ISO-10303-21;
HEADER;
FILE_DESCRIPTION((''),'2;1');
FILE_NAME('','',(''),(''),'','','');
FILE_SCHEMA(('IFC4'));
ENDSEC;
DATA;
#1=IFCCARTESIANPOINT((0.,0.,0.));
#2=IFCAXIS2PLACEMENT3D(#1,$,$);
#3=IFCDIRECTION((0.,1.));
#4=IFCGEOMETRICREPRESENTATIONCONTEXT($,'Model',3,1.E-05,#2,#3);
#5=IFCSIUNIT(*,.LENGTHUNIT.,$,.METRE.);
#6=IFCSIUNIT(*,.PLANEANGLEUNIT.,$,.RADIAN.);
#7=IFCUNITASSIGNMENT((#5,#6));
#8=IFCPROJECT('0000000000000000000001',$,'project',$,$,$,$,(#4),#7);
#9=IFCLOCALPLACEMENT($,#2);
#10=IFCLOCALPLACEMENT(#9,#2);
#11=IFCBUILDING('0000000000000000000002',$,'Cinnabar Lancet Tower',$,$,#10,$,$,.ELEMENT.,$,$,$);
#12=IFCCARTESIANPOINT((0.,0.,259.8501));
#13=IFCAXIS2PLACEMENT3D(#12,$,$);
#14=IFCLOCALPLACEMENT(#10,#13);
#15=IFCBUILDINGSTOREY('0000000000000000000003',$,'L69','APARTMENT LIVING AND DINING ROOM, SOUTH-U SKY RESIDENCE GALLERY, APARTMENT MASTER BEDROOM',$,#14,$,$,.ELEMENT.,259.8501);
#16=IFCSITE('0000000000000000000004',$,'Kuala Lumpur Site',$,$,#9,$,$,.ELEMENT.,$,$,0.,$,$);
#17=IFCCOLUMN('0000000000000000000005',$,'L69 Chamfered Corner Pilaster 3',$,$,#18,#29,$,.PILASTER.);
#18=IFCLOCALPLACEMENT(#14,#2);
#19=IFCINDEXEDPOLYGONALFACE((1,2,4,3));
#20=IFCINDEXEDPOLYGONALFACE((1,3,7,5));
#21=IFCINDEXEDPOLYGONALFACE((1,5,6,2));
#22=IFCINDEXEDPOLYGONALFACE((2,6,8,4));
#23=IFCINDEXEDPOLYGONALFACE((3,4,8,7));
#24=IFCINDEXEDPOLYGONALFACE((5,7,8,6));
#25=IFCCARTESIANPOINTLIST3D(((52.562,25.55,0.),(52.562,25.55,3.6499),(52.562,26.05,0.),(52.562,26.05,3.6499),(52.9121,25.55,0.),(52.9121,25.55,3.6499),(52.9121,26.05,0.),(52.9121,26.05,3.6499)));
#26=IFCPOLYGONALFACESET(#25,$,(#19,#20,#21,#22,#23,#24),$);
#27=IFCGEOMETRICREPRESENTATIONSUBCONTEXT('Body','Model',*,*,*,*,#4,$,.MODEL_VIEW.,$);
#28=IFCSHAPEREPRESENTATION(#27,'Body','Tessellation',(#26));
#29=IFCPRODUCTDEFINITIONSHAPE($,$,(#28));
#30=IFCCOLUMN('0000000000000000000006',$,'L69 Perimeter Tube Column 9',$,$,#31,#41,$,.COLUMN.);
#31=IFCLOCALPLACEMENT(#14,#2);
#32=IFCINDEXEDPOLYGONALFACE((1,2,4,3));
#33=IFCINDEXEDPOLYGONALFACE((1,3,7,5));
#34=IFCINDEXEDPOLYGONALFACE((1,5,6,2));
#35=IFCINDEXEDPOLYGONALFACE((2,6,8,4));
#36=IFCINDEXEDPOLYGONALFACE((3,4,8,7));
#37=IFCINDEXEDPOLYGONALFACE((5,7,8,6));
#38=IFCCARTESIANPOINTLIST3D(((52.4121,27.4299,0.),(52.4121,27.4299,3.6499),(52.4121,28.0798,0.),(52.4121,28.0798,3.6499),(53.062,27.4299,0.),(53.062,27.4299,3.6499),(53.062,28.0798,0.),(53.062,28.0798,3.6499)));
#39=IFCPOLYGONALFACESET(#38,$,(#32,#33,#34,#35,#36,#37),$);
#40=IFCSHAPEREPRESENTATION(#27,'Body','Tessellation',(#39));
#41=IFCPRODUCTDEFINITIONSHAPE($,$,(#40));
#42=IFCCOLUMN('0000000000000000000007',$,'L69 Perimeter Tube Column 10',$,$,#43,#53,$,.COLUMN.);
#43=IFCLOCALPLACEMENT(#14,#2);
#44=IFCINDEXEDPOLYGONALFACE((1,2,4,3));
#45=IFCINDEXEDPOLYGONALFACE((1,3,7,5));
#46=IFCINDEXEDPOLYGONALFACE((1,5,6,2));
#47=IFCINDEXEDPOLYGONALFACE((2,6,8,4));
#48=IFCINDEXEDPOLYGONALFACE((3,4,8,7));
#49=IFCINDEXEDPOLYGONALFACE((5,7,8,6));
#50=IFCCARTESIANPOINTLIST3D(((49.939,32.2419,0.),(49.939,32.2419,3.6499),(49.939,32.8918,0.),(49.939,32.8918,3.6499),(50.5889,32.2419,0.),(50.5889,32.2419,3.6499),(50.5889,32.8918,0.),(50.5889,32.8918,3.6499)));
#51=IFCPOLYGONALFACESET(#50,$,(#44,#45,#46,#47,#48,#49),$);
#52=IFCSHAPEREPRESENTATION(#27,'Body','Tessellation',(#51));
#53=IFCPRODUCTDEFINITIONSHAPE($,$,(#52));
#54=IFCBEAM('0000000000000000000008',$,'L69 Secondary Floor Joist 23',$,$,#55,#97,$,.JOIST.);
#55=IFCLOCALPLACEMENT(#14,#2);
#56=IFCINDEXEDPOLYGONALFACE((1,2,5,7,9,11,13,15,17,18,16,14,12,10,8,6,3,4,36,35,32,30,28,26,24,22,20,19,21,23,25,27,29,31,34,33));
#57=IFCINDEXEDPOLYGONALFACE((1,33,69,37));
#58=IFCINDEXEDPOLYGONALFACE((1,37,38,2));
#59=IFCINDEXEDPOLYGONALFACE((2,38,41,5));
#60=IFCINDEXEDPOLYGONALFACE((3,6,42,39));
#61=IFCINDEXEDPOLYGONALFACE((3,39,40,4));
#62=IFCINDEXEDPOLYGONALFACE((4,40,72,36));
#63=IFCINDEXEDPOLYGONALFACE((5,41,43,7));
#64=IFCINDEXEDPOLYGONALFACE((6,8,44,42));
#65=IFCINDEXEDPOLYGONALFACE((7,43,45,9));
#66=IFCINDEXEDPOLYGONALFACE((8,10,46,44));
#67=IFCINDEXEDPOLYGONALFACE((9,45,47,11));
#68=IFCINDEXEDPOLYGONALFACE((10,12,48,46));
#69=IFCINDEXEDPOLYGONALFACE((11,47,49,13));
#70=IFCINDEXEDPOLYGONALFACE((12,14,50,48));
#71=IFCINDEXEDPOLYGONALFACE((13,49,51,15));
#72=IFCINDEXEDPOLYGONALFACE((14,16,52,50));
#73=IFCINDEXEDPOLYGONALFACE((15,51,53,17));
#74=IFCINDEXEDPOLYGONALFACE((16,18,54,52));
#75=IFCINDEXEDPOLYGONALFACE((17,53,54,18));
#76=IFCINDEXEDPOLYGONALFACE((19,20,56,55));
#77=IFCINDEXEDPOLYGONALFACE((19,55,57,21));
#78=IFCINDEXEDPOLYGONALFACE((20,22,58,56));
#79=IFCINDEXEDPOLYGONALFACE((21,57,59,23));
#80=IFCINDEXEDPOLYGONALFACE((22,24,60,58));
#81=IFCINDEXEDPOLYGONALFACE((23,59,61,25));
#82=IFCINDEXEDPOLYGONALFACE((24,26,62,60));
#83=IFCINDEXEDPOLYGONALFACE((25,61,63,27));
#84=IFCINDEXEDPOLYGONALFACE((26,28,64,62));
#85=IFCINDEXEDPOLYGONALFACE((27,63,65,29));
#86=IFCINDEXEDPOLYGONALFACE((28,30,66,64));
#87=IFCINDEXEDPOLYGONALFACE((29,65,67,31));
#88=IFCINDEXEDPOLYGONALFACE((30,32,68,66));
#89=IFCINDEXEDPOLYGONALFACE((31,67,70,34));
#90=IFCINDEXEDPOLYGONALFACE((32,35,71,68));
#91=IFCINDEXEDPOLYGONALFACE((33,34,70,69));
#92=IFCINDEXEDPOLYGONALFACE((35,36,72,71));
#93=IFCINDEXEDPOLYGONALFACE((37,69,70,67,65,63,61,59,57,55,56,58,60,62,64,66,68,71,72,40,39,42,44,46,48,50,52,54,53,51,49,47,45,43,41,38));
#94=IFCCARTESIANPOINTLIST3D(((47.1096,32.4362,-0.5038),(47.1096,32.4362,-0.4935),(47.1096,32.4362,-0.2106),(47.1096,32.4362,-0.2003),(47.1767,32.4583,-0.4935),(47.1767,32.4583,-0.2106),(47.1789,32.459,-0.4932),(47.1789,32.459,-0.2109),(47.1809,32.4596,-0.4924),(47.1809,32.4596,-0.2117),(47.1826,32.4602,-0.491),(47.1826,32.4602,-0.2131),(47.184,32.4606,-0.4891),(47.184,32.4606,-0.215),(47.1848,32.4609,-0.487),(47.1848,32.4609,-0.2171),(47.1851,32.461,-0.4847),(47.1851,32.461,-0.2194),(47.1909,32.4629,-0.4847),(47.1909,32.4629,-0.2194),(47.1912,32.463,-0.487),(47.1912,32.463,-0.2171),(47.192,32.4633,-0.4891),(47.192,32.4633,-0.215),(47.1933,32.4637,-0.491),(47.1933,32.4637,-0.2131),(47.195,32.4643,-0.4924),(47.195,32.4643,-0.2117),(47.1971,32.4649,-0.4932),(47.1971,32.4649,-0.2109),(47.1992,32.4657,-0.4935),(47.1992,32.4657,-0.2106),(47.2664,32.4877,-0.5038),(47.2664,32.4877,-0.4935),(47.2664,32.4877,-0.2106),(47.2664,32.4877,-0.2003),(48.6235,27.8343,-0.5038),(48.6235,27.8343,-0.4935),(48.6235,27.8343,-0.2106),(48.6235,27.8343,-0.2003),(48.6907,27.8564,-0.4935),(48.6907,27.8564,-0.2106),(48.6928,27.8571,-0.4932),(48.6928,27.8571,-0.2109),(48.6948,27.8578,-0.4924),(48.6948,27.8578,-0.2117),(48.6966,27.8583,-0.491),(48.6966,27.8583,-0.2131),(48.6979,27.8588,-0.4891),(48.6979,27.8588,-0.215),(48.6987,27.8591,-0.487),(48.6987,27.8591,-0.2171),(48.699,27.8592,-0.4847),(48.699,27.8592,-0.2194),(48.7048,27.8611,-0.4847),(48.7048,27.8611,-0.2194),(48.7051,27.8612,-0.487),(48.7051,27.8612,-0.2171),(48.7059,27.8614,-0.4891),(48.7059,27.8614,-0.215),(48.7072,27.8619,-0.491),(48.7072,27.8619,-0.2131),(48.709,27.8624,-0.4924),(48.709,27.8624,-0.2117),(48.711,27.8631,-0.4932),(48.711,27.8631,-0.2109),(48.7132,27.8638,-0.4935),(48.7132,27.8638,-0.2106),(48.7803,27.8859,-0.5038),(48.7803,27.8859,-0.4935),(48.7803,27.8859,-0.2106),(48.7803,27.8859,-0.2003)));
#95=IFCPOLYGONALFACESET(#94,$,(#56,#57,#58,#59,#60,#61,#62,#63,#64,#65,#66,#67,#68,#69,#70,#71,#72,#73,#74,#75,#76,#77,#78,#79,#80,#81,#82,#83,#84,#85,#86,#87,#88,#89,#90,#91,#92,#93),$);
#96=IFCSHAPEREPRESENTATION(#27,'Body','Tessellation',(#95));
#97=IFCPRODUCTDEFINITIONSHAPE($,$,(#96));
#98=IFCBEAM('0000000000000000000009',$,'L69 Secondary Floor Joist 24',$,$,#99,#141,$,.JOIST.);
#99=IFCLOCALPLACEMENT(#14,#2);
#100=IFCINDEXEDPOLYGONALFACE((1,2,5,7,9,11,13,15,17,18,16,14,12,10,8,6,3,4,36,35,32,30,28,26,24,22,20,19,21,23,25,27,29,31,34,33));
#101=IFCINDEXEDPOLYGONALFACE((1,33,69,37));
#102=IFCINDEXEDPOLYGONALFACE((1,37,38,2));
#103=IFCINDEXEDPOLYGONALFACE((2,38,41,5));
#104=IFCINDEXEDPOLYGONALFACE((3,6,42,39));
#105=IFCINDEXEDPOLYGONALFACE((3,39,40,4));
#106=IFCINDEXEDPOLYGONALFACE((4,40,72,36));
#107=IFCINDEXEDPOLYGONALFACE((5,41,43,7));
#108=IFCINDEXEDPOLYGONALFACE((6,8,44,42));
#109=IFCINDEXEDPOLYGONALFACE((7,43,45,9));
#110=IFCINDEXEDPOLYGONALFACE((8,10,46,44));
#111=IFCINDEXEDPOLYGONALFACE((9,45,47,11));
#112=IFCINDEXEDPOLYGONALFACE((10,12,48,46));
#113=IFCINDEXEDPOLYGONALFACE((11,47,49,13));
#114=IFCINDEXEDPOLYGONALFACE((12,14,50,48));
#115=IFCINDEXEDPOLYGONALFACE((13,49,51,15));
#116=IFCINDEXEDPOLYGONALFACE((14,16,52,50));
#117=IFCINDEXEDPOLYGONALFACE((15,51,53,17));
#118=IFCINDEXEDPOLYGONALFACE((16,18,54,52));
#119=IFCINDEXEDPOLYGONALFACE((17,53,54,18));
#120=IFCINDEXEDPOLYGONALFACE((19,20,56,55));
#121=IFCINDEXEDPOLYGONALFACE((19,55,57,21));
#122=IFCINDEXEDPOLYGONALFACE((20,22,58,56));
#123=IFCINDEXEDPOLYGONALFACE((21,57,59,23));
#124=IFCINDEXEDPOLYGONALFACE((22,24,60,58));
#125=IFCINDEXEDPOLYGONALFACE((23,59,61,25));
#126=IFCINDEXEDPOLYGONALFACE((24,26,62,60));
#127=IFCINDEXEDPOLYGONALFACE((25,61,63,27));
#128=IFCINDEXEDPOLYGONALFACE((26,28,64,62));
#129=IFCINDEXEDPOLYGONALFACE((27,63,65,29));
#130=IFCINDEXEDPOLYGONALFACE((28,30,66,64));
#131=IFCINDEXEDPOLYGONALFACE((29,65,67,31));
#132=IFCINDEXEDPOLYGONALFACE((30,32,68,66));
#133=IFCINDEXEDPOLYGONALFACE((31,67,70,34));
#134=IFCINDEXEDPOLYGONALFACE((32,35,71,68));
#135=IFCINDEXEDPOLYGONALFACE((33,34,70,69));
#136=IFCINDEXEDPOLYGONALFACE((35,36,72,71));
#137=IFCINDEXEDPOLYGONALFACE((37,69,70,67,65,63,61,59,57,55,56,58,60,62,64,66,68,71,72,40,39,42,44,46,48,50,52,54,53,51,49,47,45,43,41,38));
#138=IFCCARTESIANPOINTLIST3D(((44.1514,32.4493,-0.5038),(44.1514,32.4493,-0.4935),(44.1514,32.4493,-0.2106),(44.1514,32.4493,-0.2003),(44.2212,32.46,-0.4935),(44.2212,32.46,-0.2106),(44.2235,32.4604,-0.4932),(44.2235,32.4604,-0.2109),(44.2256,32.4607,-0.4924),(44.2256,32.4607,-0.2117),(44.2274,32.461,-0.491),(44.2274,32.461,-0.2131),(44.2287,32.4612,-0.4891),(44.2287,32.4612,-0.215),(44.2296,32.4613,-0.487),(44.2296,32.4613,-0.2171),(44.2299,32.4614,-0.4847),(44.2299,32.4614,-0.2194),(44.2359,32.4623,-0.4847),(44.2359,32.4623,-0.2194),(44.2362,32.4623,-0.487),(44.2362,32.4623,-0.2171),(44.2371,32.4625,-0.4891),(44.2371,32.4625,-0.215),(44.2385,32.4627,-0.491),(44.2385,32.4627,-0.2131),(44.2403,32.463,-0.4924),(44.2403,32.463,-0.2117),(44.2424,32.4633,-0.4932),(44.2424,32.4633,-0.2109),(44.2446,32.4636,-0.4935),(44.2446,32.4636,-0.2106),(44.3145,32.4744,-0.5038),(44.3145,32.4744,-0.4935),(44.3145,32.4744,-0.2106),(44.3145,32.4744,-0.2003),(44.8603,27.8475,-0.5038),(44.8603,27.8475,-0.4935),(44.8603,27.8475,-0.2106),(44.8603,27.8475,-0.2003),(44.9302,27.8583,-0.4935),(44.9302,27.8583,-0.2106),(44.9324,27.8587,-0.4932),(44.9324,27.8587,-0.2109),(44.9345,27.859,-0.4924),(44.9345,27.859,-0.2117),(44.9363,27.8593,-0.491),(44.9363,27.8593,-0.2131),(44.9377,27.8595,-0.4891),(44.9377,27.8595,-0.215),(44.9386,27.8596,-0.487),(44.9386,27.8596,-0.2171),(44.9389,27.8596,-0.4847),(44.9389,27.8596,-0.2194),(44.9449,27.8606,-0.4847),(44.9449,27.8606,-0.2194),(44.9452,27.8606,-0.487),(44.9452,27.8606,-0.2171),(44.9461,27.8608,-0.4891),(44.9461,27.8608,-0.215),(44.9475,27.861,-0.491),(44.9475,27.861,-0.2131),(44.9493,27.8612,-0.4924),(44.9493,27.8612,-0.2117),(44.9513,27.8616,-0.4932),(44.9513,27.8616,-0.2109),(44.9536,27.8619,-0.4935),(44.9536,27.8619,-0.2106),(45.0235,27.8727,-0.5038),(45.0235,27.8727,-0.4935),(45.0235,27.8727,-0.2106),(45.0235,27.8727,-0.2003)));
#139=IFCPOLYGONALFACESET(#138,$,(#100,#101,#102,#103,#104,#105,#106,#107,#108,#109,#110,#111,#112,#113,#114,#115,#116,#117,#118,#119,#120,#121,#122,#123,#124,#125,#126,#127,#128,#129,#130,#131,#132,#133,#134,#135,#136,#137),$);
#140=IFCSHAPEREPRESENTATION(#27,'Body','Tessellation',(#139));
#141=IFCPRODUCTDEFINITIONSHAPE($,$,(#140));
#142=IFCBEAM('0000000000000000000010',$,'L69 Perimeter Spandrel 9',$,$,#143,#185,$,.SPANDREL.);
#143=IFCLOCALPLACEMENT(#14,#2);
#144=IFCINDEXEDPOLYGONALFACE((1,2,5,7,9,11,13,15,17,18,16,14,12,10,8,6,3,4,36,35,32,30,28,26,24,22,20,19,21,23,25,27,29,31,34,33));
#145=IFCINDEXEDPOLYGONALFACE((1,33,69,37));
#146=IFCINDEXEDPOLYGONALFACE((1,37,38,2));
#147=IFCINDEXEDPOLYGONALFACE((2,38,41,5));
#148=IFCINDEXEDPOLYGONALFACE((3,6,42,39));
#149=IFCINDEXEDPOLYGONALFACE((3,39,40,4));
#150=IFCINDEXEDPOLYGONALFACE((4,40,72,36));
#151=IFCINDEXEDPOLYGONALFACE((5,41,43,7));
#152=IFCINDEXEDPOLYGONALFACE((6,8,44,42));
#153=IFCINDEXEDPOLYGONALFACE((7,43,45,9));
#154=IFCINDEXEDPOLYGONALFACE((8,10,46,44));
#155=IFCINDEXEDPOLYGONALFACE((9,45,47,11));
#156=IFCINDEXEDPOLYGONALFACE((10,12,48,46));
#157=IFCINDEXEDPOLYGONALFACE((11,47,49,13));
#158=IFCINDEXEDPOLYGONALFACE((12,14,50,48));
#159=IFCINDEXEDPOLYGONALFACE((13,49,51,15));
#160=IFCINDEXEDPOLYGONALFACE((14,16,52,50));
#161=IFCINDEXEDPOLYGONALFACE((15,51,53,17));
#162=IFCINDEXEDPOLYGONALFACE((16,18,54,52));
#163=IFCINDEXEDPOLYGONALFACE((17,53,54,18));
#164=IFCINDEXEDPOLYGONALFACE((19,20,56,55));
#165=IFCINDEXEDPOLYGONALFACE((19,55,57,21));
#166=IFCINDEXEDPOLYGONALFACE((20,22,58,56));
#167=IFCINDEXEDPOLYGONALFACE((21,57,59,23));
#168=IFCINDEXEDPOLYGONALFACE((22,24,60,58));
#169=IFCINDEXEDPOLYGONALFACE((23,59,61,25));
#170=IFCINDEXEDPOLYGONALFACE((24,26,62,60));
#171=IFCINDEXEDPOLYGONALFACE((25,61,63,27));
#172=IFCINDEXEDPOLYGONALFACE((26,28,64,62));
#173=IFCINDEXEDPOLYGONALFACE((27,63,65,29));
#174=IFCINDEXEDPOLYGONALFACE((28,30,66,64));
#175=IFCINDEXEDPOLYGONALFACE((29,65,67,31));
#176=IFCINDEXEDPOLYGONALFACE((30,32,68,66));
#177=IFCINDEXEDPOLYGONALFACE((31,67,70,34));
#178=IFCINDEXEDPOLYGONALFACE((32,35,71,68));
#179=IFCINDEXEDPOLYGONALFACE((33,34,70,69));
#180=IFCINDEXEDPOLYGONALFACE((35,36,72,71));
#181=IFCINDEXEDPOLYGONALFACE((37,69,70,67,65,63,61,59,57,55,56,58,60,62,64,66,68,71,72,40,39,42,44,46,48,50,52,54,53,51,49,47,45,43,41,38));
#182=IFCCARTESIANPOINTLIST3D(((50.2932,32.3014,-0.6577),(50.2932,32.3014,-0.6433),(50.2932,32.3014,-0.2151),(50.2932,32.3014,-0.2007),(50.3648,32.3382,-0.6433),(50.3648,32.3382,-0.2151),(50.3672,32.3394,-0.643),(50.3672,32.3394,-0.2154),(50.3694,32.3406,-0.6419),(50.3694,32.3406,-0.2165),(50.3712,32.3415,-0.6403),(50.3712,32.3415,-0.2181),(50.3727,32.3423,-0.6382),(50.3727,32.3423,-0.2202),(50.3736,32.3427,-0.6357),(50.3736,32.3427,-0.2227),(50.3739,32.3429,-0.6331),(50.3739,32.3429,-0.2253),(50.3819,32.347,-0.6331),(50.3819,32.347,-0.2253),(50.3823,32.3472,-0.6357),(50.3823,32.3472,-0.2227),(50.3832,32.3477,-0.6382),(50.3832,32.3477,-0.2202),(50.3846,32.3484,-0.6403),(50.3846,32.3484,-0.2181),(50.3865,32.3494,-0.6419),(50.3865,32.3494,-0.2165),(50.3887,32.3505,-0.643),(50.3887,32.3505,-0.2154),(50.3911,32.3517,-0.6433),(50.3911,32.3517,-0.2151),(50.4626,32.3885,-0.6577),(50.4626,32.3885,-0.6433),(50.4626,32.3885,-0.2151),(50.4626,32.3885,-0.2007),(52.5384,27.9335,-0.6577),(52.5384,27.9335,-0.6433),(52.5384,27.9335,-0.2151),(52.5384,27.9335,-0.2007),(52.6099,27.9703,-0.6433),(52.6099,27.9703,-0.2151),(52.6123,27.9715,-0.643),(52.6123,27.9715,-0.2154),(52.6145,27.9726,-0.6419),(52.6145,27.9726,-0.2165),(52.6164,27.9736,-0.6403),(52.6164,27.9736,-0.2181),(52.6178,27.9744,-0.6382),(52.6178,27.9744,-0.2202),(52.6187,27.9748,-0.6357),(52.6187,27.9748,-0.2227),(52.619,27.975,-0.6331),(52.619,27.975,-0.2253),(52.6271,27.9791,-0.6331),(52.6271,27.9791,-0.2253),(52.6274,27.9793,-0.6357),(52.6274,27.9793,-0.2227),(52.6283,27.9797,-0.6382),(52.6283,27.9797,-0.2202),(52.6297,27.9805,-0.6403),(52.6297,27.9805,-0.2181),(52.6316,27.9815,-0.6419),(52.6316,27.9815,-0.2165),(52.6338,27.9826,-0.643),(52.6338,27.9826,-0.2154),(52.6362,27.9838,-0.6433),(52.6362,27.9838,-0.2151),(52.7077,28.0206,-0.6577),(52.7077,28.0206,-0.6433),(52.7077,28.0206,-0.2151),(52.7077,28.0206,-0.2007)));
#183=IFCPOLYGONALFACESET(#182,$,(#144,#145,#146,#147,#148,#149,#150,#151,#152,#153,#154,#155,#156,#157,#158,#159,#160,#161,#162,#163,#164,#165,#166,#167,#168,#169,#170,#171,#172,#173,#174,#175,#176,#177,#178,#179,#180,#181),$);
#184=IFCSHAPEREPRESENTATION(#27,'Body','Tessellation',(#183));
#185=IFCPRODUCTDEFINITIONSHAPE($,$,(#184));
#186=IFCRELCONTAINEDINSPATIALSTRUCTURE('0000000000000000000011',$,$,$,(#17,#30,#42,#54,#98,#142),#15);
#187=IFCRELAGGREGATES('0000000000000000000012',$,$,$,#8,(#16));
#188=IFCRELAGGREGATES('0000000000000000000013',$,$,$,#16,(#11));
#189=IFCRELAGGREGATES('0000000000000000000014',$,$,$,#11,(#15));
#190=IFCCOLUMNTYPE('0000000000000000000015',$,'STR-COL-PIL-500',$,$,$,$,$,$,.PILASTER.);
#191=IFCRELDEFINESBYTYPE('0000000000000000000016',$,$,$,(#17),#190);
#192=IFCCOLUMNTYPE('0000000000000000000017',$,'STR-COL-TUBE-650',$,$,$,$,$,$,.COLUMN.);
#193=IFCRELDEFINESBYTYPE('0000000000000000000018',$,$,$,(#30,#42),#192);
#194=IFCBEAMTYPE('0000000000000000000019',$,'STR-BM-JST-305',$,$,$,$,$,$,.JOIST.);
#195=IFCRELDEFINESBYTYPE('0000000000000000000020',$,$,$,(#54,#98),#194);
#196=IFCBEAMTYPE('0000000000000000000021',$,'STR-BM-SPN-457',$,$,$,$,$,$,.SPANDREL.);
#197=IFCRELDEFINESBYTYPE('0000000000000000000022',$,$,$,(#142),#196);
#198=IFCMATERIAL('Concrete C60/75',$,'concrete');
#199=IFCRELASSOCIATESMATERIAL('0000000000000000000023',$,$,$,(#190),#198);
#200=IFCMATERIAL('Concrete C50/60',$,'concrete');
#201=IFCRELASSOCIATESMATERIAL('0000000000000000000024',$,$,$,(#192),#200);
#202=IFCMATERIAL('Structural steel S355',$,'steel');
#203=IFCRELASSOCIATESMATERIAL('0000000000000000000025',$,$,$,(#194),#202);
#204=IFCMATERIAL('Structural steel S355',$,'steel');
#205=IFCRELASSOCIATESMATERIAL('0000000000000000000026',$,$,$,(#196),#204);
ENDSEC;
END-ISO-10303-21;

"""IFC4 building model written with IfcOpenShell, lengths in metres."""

from ifc_helpers import new_model, si_unit, direction, frame, origin, origin_2d, place, context, subcontext, project, spatial, rectangle, i_section, extrude, material, material_profile, profile_set, type_object, element, save


model = new_model("IFC4")

# Units and contexts
model_context = context("Model", 3, precision=1e-05, world=origin(), true_north=direction((0.0, 1.0)))
body_context = subcontext(model_context, "Body", "Model", "MODEL_VIEW")
ifc_project = project(units=[si_unit("LENGTHUNIT", "METRE"), si_unit("PLANEANGLEUNIT", "RADIAN")], contexts=[model_context])

# Site, building, storey
site_placement = place(None, origin())
site = spatial("IfcSite", under=ifc_project, at=site_placement, Name="Kuala Lumpur Site", CompositionType="ELEMENT", RefElevation=0.0)
building_placement = place(site_placement, origin())
building = spatial("IfcBuilding", under=site, at=building_placement, Name="Cinnabar Lancet Tower", CompositionType="ELEMENT")
storey_placement = place(building_placement, frame((0.0, 0.0, 259.8501)))
storey = spatial("IfcBuildingStorey", under=building, at=storey_placement, Name="L69", Description="APARTMENT LIVING AND DINING ROOM, SOUTH-U SKY RESIDENCE GALLERY, APARTMENT MASTER BEDROOM", CompositionType="ELEMENT", Elevation=259.8501)

# Columns
ifc_material_1 = material(Name="Concrete C60/75", Category="concrete")
ifc_material_profile_1 = material_profile(ifc_material_1, rectangle(XDim=0.5, YDim=0.3501, at=origin_2d()), Name="RC-PIL 500x350")
ifc_profile_set_1 = profile_set([ifc_material_profile_1], Name="Concrete C60/75")
column_type_1 = type_object("IfcColumnType", Name="STR-COL-PIL-500", PredefinedType="PILASTER", material=ifc_profile_set_1)
column_placement = place(storey_placement, frame((52.7371, 25.8, 0.0), z_axis=(0.0, 0.0, 1.0), x_axis=(0.0, 1.0, 0.0)))
element("IfcColumn", 1, at=column_placement, inside=storey, type_object=column_type_1, Name="L69 Chamfered Corner Pilaster 3", PredefinedType="PILASTER", context=body_context, shape_type="SweptSolid", body=[
    extrude(rectangle(XDim=0.5, YDim=0.3501, at=origin_2d()), origin(), (0.0, 0.0, 1.0), 3.6499),
])
ifc_material_2 = material(Name="Concrete C50/60", Category="concrete")
ifc_material_profile_2 = material_profile(ifc_material_2, rectangle(XDim=0.6499, YDim=0.6499, at=origin_2d()), Name="RC-COL 650x650")
ifc_profile_set_2 = profile_set([ifc_material_profile_2], Name="Concrete C50/60")
column_type_2 = type_object("IfcColumnType", Name="STR-COL-TUBE-650", PredefinedType="COLUMN", material=ifc_profile_set_2)
for number, where, z_axis, x_axis, name in (
    (2, (52.7371, 27.7549, 0.0), (0.0, 0.0, 1.0), (1.0, 0.0, 0.0), "L69 Perimeter Tube Column 9"),
    (3, (50.2639, 32.5669, 0.0), (0.0, 0.0, 1.0), (1.0, 0.0, 0.0), "L69 Perimeter Tube Column 10"),
):
    element("IfcColumn", number, at=place(storey_placement, frame(where, z_axis=z_axis, x_axis=x_axis)), inside=storey, type_object=column_type_2, Name=name, PredefinedType="COLUMN", context=body_context, shape_type="SweptSolid", body=[
        extrude(rectangle(XDim=0.6499, YDim=0.6499, at=origin_2d()), origin(), (0.0, 0.0, 1.0), 3.6499),
    ])

# Beams
ifc_material_3 = material(Name="Structural steel S355", Category="steel")
ifc_material_profile_3 = material_profile(ifc_material_3, i_section(OverallWidth=0.165, OverallDepth=0.3035, WebThickness=0.0061, FlangeThickness=0.0103, FilletRadius=0.0088, at=origin_2d()), Name="UKB 305x165x40")
ifc_profile_set_3 = profile_set([ifc_material_profile_3], Name="Structural steel S355")
beam_type_1 = type_object("IfcBeamType", Name="STR-BM-JST-305", PredefinedType="JOIST", material=ifc_profile_set_3)
beam_1_placement = place(storey_placement, frame((48.7019, 27.8601, -0.3521), z_axis=(-0.312506, 0.949916, 0.0), x_axis=(-0.949916, -0.312506, 0.0)))
element("IfcBeam", 4, at=beam_1_placement, inside=storey, type_object=beam_type_1, Name="L69 Secondary Floor Joist 23", PredefinedType="JOIST", context=body_context, shape_type="SweptSolid", body=[
    extrude(i_section(OverallWidth=0.165, OverallDepth=0.3035, WebThickness=0.0061, FlangeThickness=0.0103, FilletRadius=0.0088, at=origin_2d()), origin(), (0.0, 0.0, 1.0), 4.8445),
])
beam_2_placement = place(storey_placement, frame((44.9419, 27.8601, -0.3521), z_axis=(-0.15227, 0.988339, 0.0), x_axis=(-0.988339, -0.15227, 0.0)))
element("IfcBeam", 5, at=beam_2_placement, inside=storey, type_object=beam_type_1, Name="L69 Secondary Floor Joist 24", PredefinedType="JOIST", context=body_context, shape_type="SweptSolid", body=[
    extrude(i_section(OverallWidth=0.165, OverallDepth=0.3035, WebThickness=0.0061, FlangeThickness=0.0103, FilletRadius=0.0088, at=origin_2d()), origin(), (0.0, 0.0, 1.0), 4.656),
])
ifc_material_4 = material(Name="Structural steel S355", Category="steel")
ifc_material_profile_4 = material_profile(ifc_material_4, i_section(OverallWidth=0.1904, OverallDepth=0.457, WebThickness=0.009, FlangeThickness=0.0144, FilletRadius=0.0103, at=origin_2d()), Name="UKB 457x191x74")
ifc_profile_set_4 = profile_set([ifc_material_profile_4], Name="Structural steel S355")
beam_type_2 = type_object("IfcBeamType", Name="STR-BM-SPN-457", PredefinedType="SPANDREL", material=ifc_profile_set_4)
beam_3_placement = place(storey_placement, frame((52.623, 27.9771, -0.4292), z_axis=(-0.457148, 0.889391, 0.0), x_axis=(-0.889391, -0.457148, 0.0)))
element("IfcBeam", 6, at=beam_3_placement, inside=storey, type_object=beam_type_2, Name="L69 Perimeter Spandrel 9", PredefinedType="SPANDREL", context=body_context, shape_type="SweptSolid", body=[
    extrude(i_section(OverallWidth=0.1904, OverallDepth=0.457, WebThickness=0.009, FlangeThickness=0.0144, FilletRadius=0.0103, at=origin_2d()), origin(), (0.0, 0.0, 1.0), 4.9111),
])

save(model, "model.ifc")
